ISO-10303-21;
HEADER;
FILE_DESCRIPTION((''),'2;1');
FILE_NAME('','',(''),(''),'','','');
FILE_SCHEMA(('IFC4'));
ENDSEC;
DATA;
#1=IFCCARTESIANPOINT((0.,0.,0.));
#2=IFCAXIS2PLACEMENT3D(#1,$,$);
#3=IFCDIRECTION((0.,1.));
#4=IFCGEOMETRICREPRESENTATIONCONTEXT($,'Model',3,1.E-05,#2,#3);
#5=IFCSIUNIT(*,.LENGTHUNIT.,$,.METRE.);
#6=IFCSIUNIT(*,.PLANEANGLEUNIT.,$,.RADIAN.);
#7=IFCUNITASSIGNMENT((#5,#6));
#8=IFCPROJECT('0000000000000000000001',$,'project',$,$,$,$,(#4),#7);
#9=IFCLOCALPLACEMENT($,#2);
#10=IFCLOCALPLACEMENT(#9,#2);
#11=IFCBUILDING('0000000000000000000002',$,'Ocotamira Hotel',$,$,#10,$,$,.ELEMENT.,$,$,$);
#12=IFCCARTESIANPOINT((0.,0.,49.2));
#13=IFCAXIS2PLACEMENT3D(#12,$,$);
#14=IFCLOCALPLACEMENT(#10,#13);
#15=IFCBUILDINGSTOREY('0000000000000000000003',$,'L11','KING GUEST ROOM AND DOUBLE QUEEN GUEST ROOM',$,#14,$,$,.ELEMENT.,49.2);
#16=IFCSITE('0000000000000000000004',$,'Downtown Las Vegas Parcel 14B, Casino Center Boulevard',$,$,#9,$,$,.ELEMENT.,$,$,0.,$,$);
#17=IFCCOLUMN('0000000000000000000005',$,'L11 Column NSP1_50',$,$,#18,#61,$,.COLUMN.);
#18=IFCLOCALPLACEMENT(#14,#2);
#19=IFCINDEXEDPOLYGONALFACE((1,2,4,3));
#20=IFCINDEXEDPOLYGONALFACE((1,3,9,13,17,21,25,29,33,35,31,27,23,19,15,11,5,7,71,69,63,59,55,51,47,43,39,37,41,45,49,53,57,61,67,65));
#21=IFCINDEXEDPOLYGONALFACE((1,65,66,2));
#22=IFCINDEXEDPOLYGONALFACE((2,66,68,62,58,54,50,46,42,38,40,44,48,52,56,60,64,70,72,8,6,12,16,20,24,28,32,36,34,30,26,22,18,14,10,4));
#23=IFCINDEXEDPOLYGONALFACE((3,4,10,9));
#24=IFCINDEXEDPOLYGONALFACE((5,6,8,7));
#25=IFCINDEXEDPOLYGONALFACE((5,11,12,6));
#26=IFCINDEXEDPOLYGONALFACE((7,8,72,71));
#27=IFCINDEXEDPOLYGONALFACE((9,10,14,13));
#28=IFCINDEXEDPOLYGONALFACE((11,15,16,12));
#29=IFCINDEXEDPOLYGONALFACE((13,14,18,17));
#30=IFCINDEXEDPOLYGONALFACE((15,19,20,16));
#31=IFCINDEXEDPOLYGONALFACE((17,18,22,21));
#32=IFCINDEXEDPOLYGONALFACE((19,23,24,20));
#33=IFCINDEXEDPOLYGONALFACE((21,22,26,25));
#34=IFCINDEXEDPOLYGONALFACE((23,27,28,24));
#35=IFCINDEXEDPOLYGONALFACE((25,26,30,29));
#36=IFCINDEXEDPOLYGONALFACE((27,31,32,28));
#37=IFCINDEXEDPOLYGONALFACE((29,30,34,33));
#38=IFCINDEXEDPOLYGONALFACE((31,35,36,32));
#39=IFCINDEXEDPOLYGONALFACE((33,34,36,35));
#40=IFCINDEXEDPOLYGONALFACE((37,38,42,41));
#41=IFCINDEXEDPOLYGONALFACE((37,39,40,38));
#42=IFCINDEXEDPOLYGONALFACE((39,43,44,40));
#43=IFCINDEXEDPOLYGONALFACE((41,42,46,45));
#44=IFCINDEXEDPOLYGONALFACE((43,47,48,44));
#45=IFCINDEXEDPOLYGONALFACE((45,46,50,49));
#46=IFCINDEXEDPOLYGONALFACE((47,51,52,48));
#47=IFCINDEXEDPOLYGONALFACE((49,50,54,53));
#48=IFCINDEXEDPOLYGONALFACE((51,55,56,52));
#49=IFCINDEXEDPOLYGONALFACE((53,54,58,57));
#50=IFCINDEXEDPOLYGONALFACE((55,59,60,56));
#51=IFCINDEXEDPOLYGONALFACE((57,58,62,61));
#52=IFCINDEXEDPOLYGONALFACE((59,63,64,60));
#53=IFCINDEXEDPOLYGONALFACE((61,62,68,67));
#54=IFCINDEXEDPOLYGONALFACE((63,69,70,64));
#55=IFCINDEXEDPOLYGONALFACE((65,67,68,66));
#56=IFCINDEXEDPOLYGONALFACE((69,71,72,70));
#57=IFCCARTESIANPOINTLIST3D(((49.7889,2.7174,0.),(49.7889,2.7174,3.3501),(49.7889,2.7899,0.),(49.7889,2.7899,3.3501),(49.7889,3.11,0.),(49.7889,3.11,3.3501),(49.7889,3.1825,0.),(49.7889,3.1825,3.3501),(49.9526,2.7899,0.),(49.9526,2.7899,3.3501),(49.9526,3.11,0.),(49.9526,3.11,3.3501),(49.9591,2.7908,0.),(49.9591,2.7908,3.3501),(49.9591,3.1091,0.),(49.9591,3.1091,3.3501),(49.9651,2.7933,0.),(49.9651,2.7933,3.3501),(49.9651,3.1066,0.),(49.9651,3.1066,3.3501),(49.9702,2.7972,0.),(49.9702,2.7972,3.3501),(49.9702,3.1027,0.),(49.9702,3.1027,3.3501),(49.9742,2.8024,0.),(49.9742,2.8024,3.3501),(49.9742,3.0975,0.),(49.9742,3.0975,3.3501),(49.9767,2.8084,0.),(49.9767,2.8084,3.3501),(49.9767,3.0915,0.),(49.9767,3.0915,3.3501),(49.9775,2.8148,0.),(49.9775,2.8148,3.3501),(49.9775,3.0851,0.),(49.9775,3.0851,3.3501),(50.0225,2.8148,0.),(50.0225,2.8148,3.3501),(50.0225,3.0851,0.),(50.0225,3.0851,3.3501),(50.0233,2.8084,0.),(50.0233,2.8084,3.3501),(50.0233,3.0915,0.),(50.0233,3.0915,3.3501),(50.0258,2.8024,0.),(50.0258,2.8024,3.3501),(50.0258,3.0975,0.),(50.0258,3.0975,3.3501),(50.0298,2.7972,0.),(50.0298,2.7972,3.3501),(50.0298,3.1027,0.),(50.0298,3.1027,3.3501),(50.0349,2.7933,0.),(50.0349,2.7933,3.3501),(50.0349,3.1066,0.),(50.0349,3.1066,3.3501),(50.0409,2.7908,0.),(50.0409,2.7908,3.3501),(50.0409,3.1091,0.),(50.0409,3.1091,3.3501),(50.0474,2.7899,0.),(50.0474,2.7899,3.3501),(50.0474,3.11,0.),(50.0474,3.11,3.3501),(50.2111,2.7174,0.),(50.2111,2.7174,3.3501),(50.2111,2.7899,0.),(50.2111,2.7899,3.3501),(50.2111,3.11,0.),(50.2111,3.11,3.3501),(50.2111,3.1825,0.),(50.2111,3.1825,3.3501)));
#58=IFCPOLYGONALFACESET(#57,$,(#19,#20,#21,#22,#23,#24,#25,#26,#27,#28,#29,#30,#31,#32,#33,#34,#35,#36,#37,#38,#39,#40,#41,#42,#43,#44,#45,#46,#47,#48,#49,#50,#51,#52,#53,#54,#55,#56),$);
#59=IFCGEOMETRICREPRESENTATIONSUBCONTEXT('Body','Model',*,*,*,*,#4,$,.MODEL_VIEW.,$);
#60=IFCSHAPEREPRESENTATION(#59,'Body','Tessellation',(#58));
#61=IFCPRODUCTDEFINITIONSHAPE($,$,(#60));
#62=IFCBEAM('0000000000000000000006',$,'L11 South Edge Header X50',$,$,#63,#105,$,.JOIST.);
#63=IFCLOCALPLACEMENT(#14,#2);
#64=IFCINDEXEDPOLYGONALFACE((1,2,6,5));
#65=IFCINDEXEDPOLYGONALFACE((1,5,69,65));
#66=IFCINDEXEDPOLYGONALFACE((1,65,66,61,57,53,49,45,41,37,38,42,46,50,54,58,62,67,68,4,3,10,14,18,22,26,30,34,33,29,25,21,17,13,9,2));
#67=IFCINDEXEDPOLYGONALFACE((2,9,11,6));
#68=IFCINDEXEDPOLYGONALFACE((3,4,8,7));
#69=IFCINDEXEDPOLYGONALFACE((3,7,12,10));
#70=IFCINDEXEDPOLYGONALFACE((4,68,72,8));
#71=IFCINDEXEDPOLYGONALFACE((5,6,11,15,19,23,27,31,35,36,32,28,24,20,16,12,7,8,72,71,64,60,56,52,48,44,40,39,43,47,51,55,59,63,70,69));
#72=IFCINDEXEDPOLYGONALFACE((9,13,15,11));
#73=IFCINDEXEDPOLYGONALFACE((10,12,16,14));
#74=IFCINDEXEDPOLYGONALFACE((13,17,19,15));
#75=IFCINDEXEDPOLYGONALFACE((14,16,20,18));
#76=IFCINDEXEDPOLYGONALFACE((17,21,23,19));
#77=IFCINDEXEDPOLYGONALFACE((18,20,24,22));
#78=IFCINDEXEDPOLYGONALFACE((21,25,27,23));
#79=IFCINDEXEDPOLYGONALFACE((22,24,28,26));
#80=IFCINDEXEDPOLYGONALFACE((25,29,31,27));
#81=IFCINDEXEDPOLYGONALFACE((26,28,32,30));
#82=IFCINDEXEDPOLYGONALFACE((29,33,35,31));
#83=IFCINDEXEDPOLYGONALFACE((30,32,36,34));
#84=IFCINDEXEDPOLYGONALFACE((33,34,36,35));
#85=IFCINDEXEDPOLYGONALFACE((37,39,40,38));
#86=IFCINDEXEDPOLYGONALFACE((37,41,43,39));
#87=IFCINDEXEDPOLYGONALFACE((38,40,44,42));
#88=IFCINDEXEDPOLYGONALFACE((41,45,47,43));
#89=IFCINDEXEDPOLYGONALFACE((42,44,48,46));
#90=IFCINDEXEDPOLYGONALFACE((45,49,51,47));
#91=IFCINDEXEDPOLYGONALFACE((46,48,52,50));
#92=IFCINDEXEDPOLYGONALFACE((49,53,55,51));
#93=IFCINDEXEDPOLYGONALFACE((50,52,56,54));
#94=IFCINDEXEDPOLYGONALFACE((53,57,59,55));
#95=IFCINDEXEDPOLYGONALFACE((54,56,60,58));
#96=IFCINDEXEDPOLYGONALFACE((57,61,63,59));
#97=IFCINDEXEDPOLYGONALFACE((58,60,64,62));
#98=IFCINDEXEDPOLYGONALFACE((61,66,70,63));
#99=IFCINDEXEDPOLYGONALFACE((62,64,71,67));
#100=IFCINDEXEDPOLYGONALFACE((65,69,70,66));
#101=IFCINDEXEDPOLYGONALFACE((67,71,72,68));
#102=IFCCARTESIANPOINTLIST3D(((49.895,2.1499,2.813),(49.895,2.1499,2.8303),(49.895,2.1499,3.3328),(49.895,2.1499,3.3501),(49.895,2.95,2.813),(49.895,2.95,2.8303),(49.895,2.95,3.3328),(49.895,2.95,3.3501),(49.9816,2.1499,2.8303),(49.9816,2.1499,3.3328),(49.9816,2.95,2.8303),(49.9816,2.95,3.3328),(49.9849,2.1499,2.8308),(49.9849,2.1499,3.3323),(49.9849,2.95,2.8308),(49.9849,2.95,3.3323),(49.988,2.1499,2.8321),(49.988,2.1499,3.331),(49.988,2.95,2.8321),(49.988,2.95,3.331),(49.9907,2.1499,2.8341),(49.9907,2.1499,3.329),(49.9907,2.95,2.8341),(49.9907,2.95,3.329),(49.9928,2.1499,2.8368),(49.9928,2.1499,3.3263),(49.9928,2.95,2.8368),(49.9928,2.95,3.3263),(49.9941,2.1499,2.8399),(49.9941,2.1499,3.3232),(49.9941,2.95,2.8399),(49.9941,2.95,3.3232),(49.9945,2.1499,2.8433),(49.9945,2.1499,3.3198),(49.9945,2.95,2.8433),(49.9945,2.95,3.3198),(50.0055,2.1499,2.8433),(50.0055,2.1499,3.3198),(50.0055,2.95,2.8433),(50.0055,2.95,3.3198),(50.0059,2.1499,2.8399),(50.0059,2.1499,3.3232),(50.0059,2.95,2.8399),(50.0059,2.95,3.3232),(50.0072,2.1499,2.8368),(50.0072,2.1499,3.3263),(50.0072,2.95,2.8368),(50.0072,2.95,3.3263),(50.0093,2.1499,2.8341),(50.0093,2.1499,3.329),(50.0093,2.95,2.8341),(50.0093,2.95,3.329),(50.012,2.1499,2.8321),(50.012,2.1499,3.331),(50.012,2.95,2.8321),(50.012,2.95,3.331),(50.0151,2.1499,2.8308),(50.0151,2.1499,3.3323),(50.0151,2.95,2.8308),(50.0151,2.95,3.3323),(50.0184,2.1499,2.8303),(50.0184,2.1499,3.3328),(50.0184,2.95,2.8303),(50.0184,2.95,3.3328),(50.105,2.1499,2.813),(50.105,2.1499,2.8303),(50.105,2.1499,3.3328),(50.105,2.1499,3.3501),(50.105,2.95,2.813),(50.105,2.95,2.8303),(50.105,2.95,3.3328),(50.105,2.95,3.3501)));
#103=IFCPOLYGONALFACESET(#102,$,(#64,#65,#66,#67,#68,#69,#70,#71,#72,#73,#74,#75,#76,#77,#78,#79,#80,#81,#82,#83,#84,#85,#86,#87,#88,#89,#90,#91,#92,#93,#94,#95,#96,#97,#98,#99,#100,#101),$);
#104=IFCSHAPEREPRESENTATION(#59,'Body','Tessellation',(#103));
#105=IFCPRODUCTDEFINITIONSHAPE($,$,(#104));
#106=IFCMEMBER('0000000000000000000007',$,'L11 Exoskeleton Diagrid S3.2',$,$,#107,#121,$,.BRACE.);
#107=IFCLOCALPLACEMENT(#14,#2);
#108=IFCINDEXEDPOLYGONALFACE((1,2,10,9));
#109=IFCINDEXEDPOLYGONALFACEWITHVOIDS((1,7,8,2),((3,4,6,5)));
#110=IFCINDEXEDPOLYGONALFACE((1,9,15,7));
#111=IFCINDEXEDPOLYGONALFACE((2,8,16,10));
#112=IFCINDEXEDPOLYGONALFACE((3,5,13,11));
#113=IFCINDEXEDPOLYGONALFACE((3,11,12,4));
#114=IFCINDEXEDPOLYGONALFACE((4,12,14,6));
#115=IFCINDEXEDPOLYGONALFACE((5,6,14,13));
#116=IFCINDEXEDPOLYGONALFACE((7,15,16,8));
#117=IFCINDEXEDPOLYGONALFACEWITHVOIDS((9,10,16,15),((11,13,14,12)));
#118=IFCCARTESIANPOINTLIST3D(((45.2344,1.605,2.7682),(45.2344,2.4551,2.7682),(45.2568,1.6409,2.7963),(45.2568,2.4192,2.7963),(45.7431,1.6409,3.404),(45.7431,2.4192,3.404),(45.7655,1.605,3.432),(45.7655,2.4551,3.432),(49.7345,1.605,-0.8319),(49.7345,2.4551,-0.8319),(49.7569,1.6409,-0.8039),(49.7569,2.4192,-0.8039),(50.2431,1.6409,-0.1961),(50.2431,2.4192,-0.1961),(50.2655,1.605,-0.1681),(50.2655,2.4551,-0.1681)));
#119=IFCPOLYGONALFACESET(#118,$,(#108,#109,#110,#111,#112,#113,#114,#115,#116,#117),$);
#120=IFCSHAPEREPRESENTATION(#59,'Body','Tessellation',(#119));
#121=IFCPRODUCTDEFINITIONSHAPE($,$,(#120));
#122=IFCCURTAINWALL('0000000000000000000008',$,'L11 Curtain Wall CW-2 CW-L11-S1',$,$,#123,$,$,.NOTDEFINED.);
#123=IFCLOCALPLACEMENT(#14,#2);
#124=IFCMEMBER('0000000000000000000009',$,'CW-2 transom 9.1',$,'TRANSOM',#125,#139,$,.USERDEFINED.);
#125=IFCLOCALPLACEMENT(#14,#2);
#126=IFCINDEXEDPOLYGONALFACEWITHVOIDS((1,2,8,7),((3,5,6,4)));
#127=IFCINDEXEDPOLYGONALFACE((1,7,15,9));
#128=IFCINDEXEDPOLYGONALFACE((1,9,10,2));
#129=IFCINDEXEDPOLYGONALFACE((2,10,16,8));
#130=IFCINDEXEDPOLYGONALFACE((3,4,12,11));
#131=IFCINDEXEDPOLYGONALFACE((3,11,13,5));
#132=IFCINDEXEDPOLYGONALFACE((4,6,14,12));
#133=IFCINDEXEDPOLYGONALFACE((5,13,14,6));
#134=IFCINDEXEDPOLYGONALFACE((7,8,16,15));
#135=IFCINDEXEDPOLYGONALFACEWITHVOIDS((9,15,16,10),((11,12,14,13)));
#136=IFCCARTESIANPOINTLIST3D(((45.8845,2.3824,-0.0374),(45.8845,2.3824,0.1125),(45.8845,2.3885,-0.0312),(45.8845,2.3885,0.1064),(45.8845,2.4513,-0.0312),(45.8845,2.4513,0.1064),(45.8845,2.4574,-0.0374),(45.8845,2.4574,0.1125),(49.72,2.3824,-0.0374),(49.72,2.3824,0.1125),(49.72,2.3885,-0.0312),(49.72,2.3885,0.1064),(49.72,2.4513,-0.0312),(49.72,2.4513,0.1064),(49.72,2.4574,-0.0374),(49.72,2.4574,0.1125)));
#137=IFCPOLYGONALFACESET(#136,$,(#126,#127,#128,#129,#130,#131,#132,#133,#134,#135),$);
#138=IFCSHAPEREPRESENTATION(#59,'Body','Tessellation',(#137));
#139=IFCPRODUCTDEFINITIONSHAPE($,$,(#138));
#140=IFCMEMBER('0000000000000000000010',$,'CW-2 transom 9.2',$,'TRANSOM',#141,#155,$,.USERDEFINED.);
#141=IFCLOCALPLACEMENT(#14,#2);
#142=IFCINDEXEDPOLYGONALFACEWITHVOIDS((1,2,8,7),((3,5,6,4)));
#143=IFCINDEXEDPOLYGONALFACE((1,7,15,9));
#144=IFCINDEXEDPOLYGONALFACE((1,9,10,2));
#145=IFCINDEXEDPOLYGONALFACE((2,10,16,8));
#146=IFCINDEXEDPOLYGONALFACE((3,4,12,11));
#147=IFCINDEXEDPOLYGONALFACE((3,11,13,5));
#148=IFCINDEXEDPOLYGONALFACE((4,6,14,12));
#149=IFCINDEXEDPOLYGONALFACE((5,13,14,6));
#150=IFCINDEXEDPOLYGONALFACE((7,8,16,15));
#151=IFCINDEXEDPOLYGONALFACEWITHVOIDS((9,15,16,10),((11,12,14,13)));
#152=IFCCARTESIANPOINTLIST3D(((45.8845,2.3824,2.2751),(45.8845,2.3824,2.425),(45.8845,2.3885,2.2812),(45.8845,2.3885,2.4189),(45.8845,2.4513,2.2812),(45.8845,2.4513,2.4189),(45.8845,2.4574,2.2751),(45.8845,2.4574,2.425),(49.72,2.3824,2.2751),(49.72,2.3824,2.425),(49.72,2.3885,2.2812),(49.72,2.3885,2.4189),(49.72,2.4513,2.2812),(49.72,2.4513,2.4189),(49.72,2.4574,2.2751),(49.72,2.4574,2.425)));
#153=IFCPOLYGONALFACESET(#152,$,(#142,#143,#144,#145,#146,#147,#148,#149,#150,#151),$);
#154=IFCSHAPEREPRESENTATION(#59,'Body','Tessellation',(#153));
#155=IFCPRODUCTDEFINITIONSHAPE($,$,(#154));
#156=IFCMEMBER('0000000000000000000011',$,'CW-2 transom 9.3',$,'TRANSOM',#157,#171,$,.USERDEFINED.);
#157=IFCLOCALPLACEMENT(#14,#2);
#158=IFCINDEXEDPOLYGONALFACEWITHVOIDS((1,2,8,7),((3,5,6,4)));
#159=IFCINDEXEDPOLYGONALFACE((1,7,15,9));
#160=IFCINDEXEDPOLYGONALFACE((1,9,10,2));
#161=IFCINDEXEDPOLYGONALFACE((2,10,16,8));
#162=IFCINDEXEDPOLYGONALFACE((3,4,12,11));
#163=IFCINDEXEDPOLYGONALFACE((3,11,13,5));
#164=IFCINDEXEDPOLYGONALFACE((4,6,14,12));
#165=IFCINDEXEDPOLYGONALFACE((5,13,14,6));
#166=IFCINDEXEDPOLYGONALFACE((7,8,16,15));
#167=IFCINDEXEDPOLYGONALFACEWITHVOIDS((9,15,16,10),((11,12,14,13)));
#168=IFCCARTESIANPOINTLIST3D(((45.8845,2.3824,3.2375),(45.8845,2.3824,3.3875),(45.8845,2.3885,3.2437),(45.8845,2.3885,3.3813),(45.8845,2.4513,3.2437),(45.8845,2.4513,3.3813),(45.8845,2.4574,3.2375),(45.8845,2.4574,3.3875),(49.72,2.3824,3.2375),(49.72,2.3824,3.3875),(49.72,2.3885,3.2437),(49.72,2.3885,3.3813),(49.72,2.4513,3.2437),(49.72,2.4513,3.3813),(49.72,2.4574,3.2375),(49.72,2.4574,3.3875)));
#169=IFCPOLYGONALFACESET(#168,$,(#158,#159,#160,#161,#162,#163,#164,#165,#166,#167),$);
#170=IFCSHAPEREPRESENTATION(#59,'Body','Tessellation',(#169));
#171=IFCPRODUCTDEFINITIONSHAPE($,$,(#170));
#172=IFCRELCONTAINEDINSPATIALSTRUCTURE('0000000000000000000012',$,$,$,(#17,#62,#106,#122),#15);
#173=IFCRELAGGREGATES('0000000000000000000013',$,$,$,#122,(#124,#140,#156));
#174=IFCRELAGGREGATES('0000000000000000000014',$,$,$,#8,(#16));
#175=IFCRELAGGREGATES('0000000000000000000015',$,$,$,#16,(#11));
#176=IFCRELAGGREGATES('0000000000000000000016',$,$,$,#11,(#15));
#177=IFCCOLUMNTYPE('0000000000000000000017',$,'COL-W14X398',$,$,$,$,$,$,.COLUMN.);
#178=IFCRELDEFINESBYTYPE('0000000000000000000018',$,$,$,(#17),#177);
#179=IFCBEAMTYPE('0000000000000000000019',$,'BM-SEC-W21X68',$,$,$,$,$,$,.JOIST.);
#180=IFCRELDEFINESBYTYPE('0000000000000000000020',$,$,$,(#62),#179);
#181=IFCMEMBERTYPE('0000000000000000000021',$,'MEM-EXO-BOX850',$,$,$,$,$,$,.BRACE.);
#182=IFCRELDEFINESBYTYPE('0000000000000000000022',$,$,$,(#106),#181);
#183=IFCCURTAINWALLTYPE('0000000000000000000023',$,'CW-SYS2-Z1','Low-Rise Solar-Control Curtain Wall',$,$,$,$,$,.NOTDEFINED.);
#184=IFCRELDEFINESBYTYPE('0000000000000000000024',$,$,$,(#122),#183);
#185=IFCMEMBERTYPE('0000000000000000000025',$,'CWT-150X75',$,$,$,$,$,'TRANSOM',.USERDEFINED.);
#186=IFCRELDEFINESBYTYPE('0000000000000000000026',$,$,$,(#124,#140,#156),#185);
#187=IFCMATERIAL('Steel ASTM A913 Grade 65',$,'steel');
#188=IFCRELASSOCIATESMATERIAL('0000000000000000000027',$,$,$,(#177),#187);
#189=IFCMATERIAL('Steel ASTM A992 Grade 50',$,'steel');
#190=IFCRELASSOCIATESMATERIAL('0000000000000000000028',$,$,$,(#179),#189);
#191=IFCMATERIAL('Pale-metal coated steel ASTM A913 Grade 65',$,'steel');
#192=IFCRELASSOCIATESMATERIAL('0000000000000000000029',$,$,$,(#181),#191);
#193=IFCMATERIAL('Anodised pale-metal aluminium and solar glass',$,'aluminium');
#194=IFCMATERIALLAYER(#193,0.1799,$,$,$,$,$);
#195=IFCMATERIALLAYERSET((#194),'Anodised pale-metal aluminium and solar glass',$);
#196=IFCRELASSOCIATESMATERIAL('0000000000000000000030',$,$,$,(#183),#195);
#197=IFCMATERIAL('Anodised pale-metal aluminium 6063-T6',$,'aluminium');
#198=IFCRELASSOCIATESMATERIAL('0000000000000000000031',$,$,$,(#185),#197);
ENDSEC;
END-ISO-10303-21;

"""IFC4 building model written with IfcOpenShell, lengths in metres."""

from ifc_helpers import new_model, si_unit, direction, frame, origin, origin_2d, place, context, subcontext, project, spatial, hollow_rectangle, i_section, extrude, source, transform, mapped, material, layer, layer_set, material_profile, profile_set, type_object, element, aggregate, save


model = new_model("IFC4")

# Units and contexts
model_context = context("Model", 3, precision=1e-05, world=origin(), true_north=direction((0.0, 1.0)))
body_context = subcontext(model_context, "Body", "Model", "MODEL_VIEW")
ifc_project = project(units=[si_unit("LENGTHUNIT", "METRE"), si_unit("PLANEANGLEUNIT", "RADIAN")], contexts=[model_context])

# Site, building, storey
site_placement = place(None, origin())
site = spatial("IfcSite", under=ifc_project, at=site_placement, Name="Downtown Las Vegas Parcel 14B, Casino Center Boulevard", CompositionType="ELEMENT", RefElevation=0.0)
building_placement = place(site_placement, origin())
building = spatial("IfcBuilding", under=site, at=building_placement, Name="Ocotamira Hotel", CompositionType="ELEMENT")
storey_placement = place(building_placement, frame((0.0, 0.0, 49.2)))
storey = spatial("IfcBuildingStorey", under=building, at=storey_placement, Name="L11", Description="KING GUEST ROOM AND DOUBLE QUEEN GUEST ROOM", CompositionType="ELEMENT", Elevation=49.2)

# Column
ifc_material_1 = material(Name="Steel ASTM A913 Grade 65", Category="steel")
ifc_material_profile_1 = material_profile(ifc_material_1, i_section(OverallWidth=0.4221, OverallDepth=0.4651, WebThickness=0.0449, FlangeThickness=0.0725, FilletRadius=0.0249, at=origin_2d()), Name="W14X398")
ifc_profile_set_1 = profile_set([ifc_material_profile_1], Name="Steel ASTM A913 Grade 65")
column_type = type_object("IfcColumnType", Name="COL-W14X398", PredefinedType="COLUMN", material=ifc_profile_set_1)
shared_shape_1 = source(origin(), body_context, "Body", "SweptSolid", [
    extrude(i_section(OverallWidth=0.4221, OverallDepth=0.4651, WebThickness=0.0449, FlangeThickness=0.0725, FilletRadius=0.0249, at=origin_2d()), origin(), (0.0, 0.0, 1.0), 3.3501),
])
column_placement = place(storey_placement, frame((50.0, 2.95, 0.0), z_axis=(0.0, 0.0, 1.0), x_axis=(1.0, 0.0, 0.0)))
element("IfcColumn", 1, at=column_placement, inside=storey, type_object=column_type, Name="L11 Column NSP1_50", PredefinedType="COLUMN", context=body_context, shape_type="MappedRepresentation", body=[
    mapped(shared_shape_1, transform((0.0, 0.0, 0.0), scale=1.0)),
])

# Beam
ifc_material_2 = material(Name="Steel ASTM A992 Grade 50", Category="steel")
ifc_material_profile_2 = material_profile(ifc_material_2, i_section(OverallWidth=0.21, OverallDepth=0.5371, WebThickness=0.011, FlangeThickness=0.0173, FilletRadius=0.0129, at=origin_2d()), Name="W21X68")
ifc_profile_set_2 = profile_set([ifc_material_profile_2], Name="Steel ASTM A992 Grade 50")
beam_type = type_object("IfcBeamType", Name="BM-SEC-W21X68", PredefinedType="JOIST", material=ifc_profile_set_2)
shared_shape_2 = source(origin(), body_context, "Body", "SweptSolid", [
    extrude(i_section(OverallWidth=0.21, OverallDepth=0.5371, WebThickness=0.011, FlangeThickness=0.0173, FilletRadius=0.0129, at=origin_2d()), origin(), (0.0, 0.0, 1.0), 0.8),
])
beam_placement = place(storey_placement, frame((50.0, 2.95, 3.0815), z_axis=(0.0, -1.0, 0.0), x_axis=(1.0, 0.0, 0.0)))
element("IfcBeam", 2, at=beam_placement, inside=storey, type_object=beam_type, Name="L11 South Edge Header X50", PredefinedType="JOIST", context=body_context, shape_type="MappedRepresentation", body=[
    mapped(shared_shape_2, transform((0.0, 0.0, 0.0), scale=1.0)),
])

# Member
ifc_material_3 = material(Name="Pale-metal coated steel ASTM A913 Grade 65", Category="steel")
ifc_material_profile_3 = material_profile(ifc_material_3, hollow_rectangle(XDim=0.8501, YDim=0.8501, WallThickness=0.0359, at=origin_2d()), Name="BOX850X850X36")
ifc_profile_set_3 = profile_set([ifc_material_profile_3], Name="Pale-metal coated steel ASTM A913 Grade 65")
member_type_1 = type_object("IfcMemberType", Name="MEM-EXO-BOX850", PredefinedType="BRACE", material=ifc_profile_set_3)
shared_shape_3 = source(origin(), body_context, "Body", "SweptSolid", [
    extrude(hollow_rectangle(XDim=0.8501, YDim=0.8501, WallThickness=0.0359, at=origin_2d()), origin(), (0.0, 0.0, 1.0), 5.7629),
])
member_1_placement = place(storey_placement, frame((50.0, 2.03, -0.5), z_axis=(-0.780861, 0.0, 0.624705), x_axis=(0.0, -1.0, 0.0)))
element("IfcMember", 3, at=member_1_placement, inside=storey, type_object=member_type_1, Name="L11 Exoskeleton Diagrid S3.2", PredefinedType="BRACE", context=body_context, shape_type="MappedRepresentation", body=[
    mapped(shared_shape_3, transform((0.0, 0.0, 0.0), scale=1.0)),
])

# Curtain wall, members
ifc_material_4 = material(Name="Anodised pale-metal aluminium and solar glass", Category="aluminium")
ifc_layer_1 = layer(ifc_material_4, 0.1799)
ifc_layer_set_1 = layer_set([ifc_layer_1], Name="Anodised pale-metal aluminium and solar glass")
curtain_wall_type = type_object("IfcCurtainWallType", Name="CW-SYS2-Z1", Description="Low-Rise Solar-Control Curtain Wall", PredefinedType="NOTDEFINED", material=ifc_layer_set_1)
curtain_wall_placement = place(storey_placement, origin())
curtain_wall = element("IfcCurtainWall", 4, at=curtain_wall_placement, inside=storey, type_object=curtain_wall_type, Name="L11 Curtain Wall CW-2 CW-L11-S1", PredefinedType="NOTDEFINED")
ifc_material_5 = material(Name="Anodised pale-metal aluminium 6063-T6", Category="aluminium")
ifc_material_profile_4 = material_profile(ifc_material_5, hollow_rectangle(XDim=0.075, YDim=0.1499, WallThickness=0.0061, at=origin_2d()), Name="HSS150X75X6")
ifc_profile_set_4 = profile_set([ifc_material_profile_4], Name="Anodised pale-metal aluminium 6063-T6")
member_type_2 = type_object("IfcMemberType", Name="CWT-150X75", ElementType="TRANSOM", PredefinedType="USERDEFINED", material=ifc_profile_set_4)
shared_shape_4 = source(origin(), body_context, "Body", "SweptSolid", [
    extrude(hollow_rectangle(XDim=0.075, YDim=0.1499, WallThickness=0.0061, at=origin_2d()), origin(), (0.0, 0.0, 1.0), 3.8354),
])
member_2_placement = place(storey_placement, frame((45.8845, 2.4199, 0.0376), z_axis=(1.0, 0.0, 0.0), x_axis=(0.0, 1.0, 0.0)))
member_2 = element("IfcMember", 5, at=member_2_placement, type_object=member_type_2, Name="CW-2 transom 9.1", ObjectType="TRANSOM", PredefinedType="USERDEFINED", context=body_context, shape_type="MappedRepresentation", body=[
    mapped(shared_shape_4, transform((0.0, 0.0, 0.0), scale=1.0)),
])
member_3_placement = place(storey_placement, frame((45.8845, 2.4199, 2.3501), z_axis=(1.0, 0.0, 0.0), x_axis=(0.0, 1.0, 0.0)))
member_3 = element("IfcMember", 6, at=member_3_placement, type_object=member_type_2, Name="CW-2 transom 9.2", ObjectType="TRANSOM", PredefinedType="USERDEFINED", context=body_context, shape_type="MappedRepresentation", body=[
    mapped(shared_shape_4, transform((0.0, 0.0, 0.0), scale=1.0)),
])
member_4_placement = place(storey_placement, frame((45.8845, 2.4199, 3.3125), z_axis=(1.0, 0.0, 0.0), x_axis=(0.0, 1.0, 0.0)))
member_4 = element("IfcMember", 7, at=member_4_placement, type_object=member_type_2, Name="CW-2 transom 9.3", ObjectType="TRANSOM", PredefinedType="USERDEFINED", context=body_context, shape_type="MappedRepresentation", body=[
    mapped(shared_shape_4, transform((0.0, 0.0, 0.0), scale=1.0)),
])

aggregate(curtain_wall, [member_2, member_3, member_4])

save(model, "model.ifc")
